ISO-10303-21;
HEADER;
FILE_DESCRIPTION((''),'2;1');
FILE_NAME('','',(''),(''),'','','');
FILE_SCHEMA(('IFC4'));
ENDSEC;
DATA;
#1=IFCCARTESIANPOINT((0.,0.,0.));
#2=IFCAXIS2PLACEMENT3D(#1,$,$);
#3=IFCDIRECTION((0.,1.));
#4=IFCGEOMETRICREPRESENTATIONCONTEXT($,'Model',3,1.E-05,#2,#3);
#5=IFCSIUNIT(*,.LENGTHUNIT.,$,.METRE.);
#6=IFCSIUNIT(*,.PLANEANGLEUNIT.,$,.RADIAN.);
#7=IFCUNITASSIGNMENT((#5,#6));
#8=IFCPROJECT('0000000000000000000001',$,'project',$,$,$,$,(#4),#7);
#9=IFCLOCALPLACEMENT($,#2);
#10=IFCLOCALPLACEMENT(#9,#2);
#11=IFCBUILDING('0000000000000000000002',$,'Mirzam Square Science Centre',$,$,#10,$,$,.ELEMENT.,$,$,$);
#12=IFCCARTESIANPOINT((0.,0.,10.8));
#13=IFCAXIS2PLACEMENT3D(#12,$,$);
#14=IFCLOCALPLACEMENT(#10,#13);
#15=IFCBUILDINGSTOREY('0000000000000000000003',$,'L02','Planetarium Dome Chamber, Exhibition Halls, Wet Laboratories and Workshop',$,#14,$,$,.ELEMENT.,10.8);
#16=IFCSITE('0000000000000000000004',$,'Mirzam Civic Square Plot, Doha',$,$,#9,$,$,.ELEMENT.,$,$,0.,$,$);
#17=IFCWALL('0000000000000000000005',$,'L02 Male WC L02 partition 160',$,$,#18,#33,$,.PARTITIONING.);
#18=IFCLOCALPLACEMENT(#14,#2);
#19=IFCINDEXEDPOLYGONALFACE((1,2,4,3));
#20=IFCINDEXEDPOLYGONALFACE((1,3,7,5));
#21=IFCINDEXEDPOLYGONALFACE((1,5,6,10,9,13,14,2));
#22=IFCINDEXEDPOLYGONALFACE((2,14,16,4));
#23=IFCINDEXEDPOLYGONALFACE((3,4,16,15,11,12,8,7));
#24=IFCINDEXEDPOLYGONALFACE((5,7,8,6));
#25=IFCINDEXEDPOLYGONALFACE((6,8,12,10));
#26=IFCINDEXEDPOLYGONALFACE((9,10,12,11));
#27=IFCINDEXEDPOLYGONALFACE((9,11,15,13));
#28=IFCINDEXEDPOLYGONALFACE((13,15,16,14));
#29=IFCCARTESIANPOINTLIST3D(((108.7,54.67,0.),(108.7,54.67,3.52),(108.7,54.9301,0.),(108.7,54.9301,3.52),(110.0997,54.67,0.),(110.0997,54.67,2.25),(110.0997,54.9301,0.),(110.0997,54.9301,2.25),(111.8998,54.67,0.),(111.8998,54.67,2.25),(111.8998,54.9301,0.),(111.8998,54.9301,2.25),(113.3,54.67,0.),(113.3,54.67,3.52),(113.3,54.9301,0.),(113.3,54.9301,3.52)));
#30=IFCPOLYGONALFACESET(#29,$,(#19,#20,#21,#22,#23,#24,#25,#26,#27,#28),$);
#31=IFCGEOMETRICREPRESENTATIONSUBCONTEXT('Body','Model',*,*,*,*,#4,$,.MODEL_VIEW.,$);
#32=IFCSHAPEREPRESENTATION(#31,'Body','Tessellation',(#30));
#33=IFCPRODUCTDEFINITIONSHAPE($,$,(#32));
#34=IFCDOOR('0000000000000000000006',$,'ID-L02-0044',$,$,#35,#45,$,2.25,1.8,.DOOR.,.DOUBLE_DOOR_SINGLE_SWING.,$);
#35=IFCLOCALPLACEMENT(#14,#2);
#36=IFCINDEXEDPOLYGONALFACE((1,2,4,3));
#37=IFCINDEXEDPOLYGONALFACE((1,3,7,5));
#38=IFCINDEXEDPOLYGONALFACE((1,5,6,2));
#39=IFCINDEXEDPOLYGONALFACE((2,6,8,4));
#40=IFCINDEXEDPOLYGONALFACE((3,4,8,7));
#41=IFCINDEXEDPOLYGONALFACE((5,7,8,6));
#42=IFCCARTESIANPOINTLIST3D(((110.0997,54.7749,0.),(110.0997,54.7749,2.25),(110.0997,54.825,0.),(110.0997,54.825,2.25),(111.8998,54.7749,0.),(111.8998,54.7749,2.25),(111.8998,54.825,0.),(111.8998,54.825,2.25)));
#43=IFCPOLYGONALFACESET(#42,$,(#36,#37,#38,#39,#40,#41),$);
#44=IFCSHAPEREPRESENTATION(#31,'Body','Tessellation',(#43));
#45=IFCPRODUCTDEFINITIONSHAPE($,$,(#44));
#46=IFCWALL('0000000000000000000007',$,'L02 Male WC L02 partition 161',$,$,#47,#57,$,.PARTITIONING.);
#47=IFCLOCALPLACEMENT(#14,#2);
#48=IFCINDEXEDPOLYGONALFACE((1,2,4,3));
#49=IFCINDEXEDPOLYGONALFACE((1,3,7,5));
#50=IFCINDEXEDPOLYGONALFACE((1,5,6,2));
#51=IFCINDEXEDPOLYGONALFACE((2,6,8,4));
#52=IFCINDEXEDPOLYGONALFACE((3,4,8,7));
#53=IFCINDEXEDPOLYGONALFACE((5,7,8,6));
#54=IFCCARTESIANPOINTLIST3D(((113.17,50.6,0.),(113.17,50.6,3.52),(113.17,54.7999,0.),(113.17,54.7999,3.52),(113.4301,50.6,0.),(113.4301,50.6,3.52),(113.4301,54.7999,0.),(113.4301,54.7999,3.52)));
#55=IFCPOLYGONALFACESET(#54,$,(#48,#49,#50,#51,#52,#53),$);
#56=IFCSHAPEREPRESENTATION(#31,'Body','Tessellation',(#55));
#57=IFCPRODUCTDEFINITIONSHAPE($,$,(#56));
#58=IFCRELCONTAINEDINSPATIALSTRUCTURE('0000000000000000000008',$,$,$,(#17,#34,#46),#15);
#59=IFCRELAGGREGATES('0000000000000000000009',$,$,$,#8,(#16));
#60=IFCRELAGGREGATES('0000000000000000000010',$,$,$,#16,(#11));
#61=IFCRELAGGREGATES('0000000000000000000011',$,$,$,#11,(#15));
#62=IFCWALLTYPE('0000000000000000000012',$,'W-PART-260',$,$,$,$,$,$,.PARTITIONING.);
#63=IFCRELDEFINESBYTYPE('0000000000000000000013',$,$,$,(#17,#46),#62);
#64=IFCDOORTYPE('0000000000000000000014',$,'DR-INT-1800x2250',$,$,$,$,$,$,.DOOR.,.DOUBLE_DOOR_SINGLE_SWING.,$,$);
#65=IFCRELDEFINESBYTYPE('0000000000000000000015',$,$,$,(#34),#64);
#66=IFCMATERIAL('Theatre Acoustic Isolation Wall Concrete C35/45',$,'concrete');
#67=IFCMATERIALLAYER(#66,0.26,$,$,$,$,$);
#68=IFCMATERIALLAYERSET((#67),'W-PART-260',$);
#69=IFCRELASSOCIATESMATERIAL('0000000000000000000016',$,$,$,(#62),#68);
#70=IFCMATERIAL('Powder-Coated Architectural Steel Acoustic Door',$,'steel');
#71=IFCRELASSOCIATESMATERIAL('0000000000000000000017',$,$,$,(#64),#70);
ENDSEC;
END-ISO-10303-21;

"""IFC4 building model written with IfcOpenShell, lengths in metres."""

from ifc_helpers import new_model, si_unit, direction, frame, frame_2d, origin, place, context, subcontext, project, spatial, rectangle, extrude, material, layer, layer_set, type_object, element, fill, save


model = new_model("IFC4")

# Units and contexts
model_context = context("Model", 3, precision=1e-05, world=origin(), true_north=direction((0.0, 1.0)))
body_context = subcontext(model_context, "Body", "Model", "MODEL_VIEW")
ifc_project = project(units=[si_unit("LENGTHUNIT", "METRE"), si_unit("PLANEANGLEUNIT", "RADIAN")], contexts=[model_context])

# Site, building, storey
site_placement = place(None, origin())
site = spatial("IfcSite", under=ifc_project, at=site_placement, Name="Mirzam Civic Square Plot, Doha", CompositionType="ELEMENT", RefElevation=0.0)
building_placement = place(site_placement, origin())
building = spatial("IfcBuilding", under=site, at=building_placement, Name="Mirzam Square Science Centre", CompositionType="ELEMENT")
storey_placement = place(building_placement, frame((0.0, 0.0, 10.8)))
storey = spatial("IfcBuildingStorey", under=building, at=storey_placement, Name="L02", Description="Planetarium Dome Chamber, Exhibition Halls, Wet Laboratories and Workshop", CompositionType="ELEMENT", Elevation=10.8)

# Wall, opening, door
ifc_material_1 = material(Name="Theatre Acoustic Isolation Wall Concrete C35/45", Category="concrete")
ifc_layer_1 = layer(ifc_material_1, 0.26)
ifc_layer_set_1 = layer_set([ifc_layer_1], Name="W-PART-260")
wall_type_1 = type_object("IfcWallType", Name="W-PART-260", PredefinedType="PARTITIONING", material=ifc_layer_set_1)
wall_1_placement = place(storey_placement, frame((108.7, 54.8, 0.0), z_axis=(0.0, 0.0, 1.0), x_axis=(1.0, 0.0, 0.0)))
wall_1 = element("IfcWall", 1, at=wall_1_placement, inside=storey, type_object=wall_type_1, Name="L02 Male WC L02 partition 160", PredefinedType="PARTITIONING", context=body_context, shape_type="SweptSolid", body=[
    extrude(rectangle(XDim=4.6001, YDim=0.26, at=frame_2d((2.3, 0.0))), origin(), (0.0, 0.0, 1.0), 3.52),
])
opening_1_placement = place(wall_1_placement, frame((1.3999, 0.0, 0.0)))
opening_1 = element("IfcOpeningElement", 2, at=opening_1_placement, cuts=wall_1, PredefinedType="OPENING", context=body_context, shape_type="SweptSolid", body=[
    extrude(rectangle(XDim=1.8, YDim=2.25, at=frame_2d((0.8999, 1.125))), frame((0.0, 0.1399, 0.0), z_axis=(0.0, -1.0, 0.0), x_axis=(1.0, 0.0, 0.0)), (0.0, 0.0, 1.0), 0.28),
])
ifc_material_2 = material(Name="Powder-Coated Architectural Steel Acoustic Door", Category="steel")
door_type_1 = type_object("IfcDoorType", Name="DR-INT-1800x2250", OperationType="DOUBLE_DOOR_SINGLE_SWING", PredefinedType="DOOR", material=ifc_material_2)
door_1_placement = place(opening_1_placement, origin())
door_1 = element("IfcDoor", 3, at=door_1_placement, inside=storey, type_object=door_type_1, Name="ID-L02-0044", OperationType="DOUBLE_DOOR_SINGLE_SWING", OverallHeight=2.25, OverallWidth=1.8, PredefinedType="DOOR", context=body_context, shape_type="SweptSolid", body=[
    extrude(rectangle(XDim=1.8, YDim=2.25, at=frame_2d((0.8999, 1.125))), frame((0.0, 0.0249, 0.0), z_axis=(0.0, -1.0, 0.0), x_axis=(1.0, 0.0, 0.0)), (0.0, 0.0, 1.0), 0.05),
])
fill(opening_1, door_1)

# Wall
wall_2_placement = place(storey_placement, frame((113.3, 54.8, 0.0), z_axis=(0.0, 0.0, 1.0), x_axis=(0.0, -1.0, 0.0)))
element("IfcWall", 4, at=wall_2_placement, inside=storey, type_object=wall_type_1, Name="L02 Male WC L02 partition 161", PredefinedType="PARTITIONING", context=body_context, shape_type="SweptSolid", body=[
    extrude(rectangle(XDim=4.2, YDim=0.26, at=frame_2d((2.1001, 0.0))), origin(), (0.0, 0.0, 1.0), 3.52),
])

save(model, "model.ifc")
